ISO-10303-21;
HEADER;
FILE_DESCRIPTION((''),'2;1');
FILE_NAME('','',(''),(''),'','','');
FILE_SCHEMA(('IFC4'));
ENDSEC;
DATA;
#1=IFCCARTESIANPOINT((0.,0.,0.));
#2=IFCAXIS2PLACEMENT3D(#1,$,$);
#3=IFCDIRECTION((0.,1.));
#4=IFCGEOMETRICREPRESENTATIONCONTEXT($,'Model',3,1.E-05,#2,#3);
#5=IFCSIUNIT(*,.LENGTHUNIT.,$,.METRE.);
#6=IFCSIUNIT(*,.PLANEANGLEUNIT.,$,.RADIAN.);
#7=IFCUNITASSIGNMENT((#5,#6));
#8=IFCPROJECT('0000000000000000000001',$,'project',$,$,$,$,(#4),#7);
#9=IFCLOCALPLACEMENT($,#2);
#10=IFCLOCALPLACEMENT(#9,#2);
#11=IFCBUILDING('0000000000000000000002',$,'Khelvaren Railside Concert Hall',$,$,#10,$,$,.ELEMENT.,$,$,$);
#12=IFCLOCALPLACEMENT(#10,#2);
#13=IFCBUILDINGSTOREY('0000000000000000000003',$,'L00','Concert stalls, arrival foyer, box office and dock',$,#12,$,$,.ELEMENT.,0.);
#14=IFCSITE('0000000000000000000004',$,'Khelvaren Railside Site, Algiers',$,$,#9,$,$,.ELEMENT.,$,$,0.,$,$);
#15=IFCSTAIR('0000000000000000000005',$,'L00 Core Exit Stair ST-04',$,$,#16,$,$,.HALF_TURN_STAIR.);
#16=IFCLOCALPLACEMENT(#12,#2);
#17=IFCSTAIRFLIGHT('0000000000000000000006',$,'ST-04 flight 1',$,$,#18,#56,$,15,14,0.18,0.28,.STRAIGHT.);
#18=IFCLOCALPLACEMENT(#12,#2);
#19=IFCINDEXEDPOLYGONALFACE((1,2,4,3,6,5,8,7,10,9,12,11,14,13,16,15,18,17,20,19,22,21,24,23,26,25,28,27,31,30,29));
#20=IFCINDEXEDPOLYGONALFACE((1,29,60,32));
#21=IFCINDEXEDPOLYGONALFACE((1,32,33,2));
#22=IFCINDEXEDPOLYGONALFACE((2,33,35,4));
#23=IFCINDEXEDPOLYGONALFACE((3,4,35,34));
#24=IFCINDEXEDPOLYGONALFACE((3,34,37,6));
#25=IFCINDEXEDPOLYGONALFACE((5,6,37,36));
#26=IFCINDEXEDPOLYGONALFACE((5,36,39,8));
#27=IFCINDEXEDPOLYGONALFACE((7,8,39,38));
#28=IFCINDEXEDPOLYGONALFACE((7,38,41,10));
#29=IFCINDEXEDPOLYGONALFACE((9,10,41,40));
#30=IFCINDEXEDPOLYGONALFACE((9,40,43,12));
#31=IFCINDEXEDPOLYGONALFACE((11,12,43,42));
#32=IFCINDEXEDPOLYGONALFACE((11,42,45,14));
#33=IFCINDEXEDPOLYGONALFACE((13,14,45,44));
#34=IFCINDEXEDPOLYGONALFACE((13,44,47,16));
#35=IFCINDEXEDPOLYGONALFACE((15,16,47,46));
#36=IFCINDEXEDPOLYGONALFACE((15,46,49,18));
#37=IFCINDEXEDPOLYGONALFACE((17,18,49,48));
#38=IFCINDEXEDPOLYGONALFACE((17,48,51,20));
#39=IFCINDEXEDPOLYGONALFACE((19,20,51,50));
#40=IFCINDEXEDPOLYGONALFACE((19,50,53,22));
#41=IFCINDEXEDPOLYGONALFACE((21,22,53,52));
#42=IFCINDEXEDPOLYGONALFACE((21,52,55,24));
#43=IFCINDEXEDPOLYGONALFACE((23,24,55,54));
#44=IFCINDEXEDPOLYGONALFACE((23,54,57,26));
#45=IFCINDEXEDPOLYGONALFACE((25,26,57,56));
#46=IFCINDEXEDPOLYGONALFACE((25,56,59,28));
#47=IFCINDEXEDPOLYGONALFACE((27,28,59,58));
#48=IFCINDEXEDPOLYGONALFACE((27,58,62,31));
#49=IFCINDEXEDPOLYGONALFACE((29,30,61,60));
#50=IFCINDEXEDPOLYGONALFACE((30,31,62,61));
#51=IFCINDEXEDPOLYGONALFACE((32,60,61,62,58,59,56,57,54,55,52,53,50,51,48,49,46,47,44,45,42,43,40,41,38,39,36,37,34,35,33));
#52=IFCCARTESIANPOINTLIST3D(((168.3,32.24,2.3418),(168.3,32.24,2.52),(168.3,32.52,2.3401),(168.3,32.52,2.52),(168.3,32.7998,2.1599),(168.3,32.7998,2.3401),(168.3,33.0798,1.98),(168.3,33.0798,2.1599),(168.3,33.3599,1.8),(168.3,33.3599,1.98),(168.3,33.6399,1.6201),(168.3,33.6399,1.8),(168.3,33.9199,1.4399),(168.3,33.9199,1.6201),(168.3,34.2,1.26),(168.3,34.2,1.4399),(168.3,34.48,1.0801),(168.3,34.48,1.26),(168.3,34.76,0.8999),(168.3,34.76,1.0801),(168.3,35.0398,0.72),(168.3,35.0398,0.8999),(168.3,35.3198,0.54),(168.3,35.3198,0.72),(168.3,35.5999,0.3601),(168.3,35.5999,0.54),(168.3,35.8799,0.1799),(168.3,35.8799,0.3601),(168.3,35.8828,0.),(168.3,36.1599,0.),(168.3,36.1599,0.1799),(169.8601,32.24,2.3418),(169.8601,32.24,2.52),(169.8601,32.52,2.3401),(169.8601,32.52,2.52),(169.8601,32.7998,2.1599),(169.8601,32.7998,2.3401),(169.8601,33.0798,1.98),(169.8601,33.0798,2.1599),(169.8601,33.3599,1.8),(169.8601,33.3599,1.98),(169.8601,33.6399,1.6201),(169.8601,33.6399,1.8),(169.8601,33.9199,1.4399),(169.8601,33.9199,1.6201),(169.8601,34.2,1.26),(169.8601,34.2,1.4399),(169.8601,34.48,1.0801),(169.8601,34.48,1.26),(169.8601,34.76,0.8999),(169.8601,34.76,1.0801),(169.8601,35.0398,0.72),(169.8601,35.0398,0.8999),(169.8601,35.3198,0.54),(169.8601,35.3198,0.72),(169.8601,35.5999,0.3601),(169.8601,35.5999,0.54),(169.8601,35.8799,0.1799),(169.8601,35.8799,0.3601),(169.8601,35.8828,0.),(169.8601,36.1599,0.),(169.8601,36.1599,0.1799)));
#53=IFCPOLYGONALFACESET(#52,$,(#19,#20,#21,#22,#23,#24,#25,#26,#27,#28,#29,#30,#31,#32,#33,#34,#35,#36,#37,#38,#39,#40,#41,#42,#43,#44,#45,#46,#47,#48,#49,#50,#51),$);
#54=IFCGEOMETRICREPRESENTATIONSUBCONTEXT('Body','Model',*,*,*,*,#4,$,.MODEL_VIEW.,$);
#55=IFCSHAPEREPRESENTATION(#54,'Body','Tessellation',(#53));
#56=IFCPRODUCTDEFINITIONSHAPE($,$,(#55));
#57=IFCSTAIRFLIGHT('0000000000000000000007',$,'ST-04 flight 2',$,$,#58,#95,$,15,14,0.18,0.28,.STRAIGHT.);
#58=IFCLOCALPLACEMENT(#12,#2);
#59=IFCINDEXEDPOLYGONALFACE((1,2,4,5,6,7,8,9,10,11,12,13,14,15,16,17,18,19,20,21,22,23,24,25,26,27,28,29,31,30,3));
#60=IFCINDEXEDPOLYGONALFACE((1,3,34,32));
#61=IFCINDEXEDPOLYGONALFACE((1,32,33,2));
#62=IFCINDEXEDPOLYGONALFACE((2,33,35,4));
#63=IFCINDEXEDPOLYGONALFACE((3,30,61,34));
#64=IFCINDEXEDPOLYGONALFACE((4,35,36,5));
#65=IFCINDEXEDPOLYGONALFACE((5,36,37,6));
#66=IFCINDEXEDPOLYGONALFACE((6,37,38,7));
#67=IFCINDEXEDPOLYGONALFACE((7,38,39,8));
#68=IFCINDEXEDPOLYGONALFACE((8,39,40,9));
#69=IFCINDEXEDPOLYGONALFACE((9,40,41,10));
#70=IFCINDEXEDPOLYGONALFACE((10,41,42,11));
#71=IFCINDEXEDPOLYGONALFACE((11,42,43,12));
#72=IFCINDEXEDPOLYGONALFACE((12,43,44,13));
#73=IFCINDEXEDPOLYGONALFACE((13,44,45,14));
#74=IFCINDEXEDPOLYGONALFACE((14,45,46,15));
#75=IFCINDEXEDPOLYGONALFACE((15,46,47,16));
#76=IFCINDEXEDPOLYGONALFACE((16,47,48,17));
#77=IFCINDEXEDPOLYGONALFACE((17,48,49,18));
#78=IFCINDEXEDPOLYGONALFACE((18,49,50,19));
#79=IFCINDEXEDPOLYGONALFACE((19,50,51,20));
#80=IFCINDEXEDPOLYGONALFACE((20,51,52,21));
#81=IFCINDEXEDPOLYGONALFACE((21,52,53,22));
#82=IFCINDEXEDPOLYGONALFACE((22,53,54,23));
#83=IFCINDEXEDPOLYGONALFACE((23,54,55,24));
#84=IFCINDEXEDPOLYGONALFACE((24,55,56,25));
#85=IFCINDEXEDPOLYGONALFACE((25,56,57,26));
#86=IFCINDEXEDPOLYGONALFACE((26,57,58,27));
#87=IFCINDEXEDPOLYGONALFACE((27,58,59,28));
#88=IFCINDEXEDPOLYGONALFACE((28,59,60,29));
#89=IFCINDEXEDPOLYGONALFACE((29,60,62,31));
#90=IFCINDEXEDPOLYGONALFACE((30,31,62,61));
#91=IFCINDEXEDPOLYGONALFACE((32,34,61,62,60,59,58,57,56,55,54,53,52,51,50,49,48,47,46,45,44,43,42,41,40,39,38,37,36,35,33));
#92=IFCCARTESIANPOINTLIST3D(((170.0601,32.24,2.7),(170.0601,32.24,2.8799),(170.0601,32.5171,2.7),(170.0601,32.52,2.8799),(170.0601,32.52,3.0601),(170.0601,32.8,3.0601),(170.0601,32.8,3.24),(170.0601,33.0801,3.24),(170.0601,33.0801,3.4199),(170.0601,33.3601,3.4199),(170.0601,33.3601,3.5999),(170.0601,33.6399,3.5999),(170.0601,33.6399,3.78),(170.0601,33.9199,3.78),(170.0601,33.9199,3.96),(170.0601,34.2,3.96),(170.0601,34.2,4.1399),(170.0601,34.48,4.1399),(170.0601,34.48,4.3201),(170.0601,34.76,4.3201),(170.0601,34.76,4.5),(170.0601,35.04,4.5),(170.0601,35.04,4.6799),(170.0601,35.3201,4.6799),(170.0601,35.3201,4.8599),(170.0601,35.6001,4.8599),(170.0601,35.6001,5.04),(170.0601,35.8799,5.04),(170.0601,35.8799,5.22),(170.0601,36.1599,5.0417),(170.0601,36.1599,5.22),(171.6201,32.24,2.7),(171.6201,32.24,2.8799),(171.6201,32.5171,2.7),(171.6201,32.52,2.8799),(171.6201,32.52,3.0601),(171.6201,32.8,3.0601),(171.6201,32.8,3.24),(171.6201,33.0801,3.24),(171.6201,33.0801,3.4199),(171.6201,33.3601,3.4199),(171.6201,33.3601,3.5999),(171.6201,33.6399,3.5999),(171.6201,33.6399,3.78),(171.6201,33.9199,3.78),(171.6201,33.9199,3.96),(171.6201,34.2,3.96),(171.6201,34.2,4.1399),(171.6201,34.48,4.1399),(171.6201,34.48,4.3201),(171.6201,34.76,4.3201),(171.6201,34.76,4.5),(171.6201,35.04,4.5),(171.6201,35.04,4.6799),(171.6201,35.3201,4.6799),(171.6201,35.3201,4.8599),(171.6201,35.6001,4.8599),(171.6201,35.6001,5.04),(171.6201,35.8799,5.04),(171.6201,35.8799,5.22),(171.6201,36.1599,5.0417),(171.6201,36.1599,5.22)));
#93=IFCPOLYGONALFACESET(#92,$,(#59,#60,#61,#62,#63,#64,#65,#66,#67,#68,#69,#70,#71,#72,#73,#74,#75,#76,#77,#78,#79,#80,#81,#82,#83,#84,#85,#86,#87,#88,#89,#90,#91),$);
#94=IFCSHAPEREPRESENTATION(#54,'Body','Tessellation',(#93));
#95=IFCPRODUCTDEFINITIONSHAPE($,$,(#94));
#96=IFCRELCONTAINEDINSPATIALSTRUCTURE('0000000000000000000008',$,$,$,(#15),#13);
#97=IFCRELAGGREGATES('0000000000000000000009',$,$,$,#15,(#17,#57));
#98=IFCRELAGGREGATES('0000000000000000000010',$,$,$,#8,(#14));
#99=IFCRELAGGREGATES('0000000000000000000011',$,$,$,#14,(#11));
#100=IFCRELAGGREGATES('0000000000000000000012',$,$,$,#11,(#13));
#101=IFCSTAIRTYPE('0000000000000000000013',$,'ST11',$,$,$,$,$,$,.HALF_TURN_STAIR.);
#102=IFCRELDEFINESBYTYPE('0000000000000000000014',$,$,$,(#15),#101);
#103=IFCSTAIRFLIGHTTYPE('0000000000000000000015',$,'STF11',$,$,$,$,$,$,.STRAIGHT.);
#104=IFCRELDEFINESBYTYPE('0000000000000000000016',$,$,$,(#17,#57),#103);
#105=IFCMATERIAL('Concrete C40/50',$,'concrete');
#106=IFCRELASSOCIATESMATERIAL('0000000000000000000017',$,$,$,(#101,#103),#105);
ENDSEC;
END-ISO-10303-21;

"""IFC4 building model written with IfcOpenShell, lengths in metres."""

from ifc_helpers import new_model, si_unit, direction, frame, origin, place, context, subcontext, project, spatial, polyline, outline, extrude, material, type_object, element, aggregate, save


model = new_model("IFC4")

# Units and contexts
model_context = context("Model", 3, precision=1e-05, world=origin(), true_north=direction((0.0, 1.0)))
body_context = subcontext(model_context, "Body", "Model", "MODEL_VIEW")
ifc_project = project(units=[si_unit("LENGTHUNIT", "METRE"), si_unit("PLANEANGLEUNIT", "RADIAN")], contexts=[model_context])

# Site, building, storey
site_placement = place(None, origin())
site = spatial("IfcSite", under=ifc_project, at=site_placement, Name="Khelvaren Railside Site, Algiers", CompositionType="ELEMENT", RefElevation=0.0)
building_placement = place(site_placement, origin())
building = spatial("IfcBuilding", under=site, at=building_placement, Name="Khelvaren Railside Concert Hall", CompositionType="ELEMENT")
storey_placement = place(building_placement, origin())
storey = spatial("IfcBuildingStorey", under=building, at=storey_placement, Name="L00", Description="Concert stalls, arrival foyer, box office and dock", CompositionType="ELEMENT", Elevation=0.0)

# Shared definitions
ifc_material_1 = material(Name="Concrete C40/50", Category="concrete")

# Stair, stair flights
stair_type = type_object("IfcStairType", Name="ST11", PredefinedType="HALF_TURN_STAIR", material=ifc_material_1)
stair_placement = place(storey_placement, origin())
stair = element("IfcStair", 1, at=stair_placement, inside=storey, type_object=stair_type, Name="L00 Core Exit Stair ST-04", PredefinedType="HALF_TURN_STAIR")
stair_flight_type = type_object("IfcStairFlightType", Name="STF11", PredefinedType="STRAIGHT", material=ifc_material_1)
stair_flight_1_placement = place(storey_placement, frame((169.0801, 36.1599, 0.0), z_axis=(0.0, 0.0, 1.0), x_axis=(0.0, -1.0, 0.0)))
stair_flight_1 = element("IfcStairFlight", 2, at=stair_flight_1_placement, type_object=stair_flight_type, Name="ST-04 flight 1", NumberOfRisers=15, NumberOfTreads=14, PredefinedType="STRAIGHT", RiserHeight=0.18, TreadLength=0.28, context=body_context, shape_type="SweptSolid", body=[
    extrude(outline(polyline([(0.0, 0.0), (0.0, 0.1799), (0.28, 0.1799), (0.28, 0.3601), (0.5601, 0.3601), (0.5601, 0.54), (0.8401, 0.54), (0.8401, 0.72), (1.1201, 0.72), (1.1201, 0.8999), (1.3999, 0.8999), (1.3999, 1.0801), (1.6799, 1.0801), (1.6799, 1.26), (1.96, 1.26), (1.96, 1.4399), (2.24, 1.4399), (2.24, 1.6201), (2.52, 1.6201), (2.52, 1.8), (2.8, 1.8), (2.8, 1.98), (3.0801, 1.98), (3.0801, 2.1599), (3.3601, 2.1599), (3.3601, 2.3401), (3.6399, 2.3401), (3.6399, 2.52), (3.9199, 2.52), (3.9199, 2.7), (3.9199, 2.3418), (0.2771, 0.0), (0.0, 0.0)])), frame((0.0, 0.78, 0.0), z_axis=(0.0, -1.0, 0.0), x_axis=(1.0, 0.0, 0.0)), (0.0, 0.0, 1.0), 1.5601),
])
stair_flight_2_placement = place(storey_placement, frame((170.8401, 32.24, 2.7), z_axis=(0.0, 0.0, 1.0), x_axis=(0.0, 1.0, 0.0)))
stair_flight_2 = element("IfcStairFlight", 3, at=stair_flight_2_placement, type_object=stair_flight_type, Name="ST-04 flight 2", NumberOfRisers=15, NumberOfTreads=14, PredefinedType="STRAIGHT", RiserHeight=0.18, TreadLength=0.28, context=body_context, shape_type="SweptSolid", body=[
    extrude(outline(polyline([(0.0, 0.0), (0.0, 0.1799), (0.28, 0.1799), (0.28, 0.3601), (0.5601, 0.3601), (0.5601, 0.54), (0.8401, 0.54), (0.8401, 0.72), (1.1201, 0.72), (1.1201, 0.8999), (1.3999, 0.8999), (1.3999, 1.0801), (1.6799, 1.0801), (1.6799, 1.26), (1.96, 1.26), (1.96, 1.4399), (2.24, 1.4399), (2.24, 1.6201), (2.52, 1.6201), (2.52, 1.8), (2.8, 1.8), (2.8, 1.98), (3.0801, 1.98), (3.0801, 2.1599), (3.3601, 2.1599), (3.3601, 2.3401), (3.6399, 2.3401), (3.6399, 2.52), (3.9199, 2.52), (3.9199, 2.7), (3.9199, 2.3418), (0.2771, 0.0), (0.0, 0.0)])), frame((0.0, 0.78, 0.0), z_axis=(0.0, -1.0, 0.0), x_axis=(1.0, 0.0, 0.0)), (0.0, 0.0, 1.0), 1.5601),
])
aggregate(stair, [stair_flight_1, stair_flight_2])

save(model, "model.ifc")
